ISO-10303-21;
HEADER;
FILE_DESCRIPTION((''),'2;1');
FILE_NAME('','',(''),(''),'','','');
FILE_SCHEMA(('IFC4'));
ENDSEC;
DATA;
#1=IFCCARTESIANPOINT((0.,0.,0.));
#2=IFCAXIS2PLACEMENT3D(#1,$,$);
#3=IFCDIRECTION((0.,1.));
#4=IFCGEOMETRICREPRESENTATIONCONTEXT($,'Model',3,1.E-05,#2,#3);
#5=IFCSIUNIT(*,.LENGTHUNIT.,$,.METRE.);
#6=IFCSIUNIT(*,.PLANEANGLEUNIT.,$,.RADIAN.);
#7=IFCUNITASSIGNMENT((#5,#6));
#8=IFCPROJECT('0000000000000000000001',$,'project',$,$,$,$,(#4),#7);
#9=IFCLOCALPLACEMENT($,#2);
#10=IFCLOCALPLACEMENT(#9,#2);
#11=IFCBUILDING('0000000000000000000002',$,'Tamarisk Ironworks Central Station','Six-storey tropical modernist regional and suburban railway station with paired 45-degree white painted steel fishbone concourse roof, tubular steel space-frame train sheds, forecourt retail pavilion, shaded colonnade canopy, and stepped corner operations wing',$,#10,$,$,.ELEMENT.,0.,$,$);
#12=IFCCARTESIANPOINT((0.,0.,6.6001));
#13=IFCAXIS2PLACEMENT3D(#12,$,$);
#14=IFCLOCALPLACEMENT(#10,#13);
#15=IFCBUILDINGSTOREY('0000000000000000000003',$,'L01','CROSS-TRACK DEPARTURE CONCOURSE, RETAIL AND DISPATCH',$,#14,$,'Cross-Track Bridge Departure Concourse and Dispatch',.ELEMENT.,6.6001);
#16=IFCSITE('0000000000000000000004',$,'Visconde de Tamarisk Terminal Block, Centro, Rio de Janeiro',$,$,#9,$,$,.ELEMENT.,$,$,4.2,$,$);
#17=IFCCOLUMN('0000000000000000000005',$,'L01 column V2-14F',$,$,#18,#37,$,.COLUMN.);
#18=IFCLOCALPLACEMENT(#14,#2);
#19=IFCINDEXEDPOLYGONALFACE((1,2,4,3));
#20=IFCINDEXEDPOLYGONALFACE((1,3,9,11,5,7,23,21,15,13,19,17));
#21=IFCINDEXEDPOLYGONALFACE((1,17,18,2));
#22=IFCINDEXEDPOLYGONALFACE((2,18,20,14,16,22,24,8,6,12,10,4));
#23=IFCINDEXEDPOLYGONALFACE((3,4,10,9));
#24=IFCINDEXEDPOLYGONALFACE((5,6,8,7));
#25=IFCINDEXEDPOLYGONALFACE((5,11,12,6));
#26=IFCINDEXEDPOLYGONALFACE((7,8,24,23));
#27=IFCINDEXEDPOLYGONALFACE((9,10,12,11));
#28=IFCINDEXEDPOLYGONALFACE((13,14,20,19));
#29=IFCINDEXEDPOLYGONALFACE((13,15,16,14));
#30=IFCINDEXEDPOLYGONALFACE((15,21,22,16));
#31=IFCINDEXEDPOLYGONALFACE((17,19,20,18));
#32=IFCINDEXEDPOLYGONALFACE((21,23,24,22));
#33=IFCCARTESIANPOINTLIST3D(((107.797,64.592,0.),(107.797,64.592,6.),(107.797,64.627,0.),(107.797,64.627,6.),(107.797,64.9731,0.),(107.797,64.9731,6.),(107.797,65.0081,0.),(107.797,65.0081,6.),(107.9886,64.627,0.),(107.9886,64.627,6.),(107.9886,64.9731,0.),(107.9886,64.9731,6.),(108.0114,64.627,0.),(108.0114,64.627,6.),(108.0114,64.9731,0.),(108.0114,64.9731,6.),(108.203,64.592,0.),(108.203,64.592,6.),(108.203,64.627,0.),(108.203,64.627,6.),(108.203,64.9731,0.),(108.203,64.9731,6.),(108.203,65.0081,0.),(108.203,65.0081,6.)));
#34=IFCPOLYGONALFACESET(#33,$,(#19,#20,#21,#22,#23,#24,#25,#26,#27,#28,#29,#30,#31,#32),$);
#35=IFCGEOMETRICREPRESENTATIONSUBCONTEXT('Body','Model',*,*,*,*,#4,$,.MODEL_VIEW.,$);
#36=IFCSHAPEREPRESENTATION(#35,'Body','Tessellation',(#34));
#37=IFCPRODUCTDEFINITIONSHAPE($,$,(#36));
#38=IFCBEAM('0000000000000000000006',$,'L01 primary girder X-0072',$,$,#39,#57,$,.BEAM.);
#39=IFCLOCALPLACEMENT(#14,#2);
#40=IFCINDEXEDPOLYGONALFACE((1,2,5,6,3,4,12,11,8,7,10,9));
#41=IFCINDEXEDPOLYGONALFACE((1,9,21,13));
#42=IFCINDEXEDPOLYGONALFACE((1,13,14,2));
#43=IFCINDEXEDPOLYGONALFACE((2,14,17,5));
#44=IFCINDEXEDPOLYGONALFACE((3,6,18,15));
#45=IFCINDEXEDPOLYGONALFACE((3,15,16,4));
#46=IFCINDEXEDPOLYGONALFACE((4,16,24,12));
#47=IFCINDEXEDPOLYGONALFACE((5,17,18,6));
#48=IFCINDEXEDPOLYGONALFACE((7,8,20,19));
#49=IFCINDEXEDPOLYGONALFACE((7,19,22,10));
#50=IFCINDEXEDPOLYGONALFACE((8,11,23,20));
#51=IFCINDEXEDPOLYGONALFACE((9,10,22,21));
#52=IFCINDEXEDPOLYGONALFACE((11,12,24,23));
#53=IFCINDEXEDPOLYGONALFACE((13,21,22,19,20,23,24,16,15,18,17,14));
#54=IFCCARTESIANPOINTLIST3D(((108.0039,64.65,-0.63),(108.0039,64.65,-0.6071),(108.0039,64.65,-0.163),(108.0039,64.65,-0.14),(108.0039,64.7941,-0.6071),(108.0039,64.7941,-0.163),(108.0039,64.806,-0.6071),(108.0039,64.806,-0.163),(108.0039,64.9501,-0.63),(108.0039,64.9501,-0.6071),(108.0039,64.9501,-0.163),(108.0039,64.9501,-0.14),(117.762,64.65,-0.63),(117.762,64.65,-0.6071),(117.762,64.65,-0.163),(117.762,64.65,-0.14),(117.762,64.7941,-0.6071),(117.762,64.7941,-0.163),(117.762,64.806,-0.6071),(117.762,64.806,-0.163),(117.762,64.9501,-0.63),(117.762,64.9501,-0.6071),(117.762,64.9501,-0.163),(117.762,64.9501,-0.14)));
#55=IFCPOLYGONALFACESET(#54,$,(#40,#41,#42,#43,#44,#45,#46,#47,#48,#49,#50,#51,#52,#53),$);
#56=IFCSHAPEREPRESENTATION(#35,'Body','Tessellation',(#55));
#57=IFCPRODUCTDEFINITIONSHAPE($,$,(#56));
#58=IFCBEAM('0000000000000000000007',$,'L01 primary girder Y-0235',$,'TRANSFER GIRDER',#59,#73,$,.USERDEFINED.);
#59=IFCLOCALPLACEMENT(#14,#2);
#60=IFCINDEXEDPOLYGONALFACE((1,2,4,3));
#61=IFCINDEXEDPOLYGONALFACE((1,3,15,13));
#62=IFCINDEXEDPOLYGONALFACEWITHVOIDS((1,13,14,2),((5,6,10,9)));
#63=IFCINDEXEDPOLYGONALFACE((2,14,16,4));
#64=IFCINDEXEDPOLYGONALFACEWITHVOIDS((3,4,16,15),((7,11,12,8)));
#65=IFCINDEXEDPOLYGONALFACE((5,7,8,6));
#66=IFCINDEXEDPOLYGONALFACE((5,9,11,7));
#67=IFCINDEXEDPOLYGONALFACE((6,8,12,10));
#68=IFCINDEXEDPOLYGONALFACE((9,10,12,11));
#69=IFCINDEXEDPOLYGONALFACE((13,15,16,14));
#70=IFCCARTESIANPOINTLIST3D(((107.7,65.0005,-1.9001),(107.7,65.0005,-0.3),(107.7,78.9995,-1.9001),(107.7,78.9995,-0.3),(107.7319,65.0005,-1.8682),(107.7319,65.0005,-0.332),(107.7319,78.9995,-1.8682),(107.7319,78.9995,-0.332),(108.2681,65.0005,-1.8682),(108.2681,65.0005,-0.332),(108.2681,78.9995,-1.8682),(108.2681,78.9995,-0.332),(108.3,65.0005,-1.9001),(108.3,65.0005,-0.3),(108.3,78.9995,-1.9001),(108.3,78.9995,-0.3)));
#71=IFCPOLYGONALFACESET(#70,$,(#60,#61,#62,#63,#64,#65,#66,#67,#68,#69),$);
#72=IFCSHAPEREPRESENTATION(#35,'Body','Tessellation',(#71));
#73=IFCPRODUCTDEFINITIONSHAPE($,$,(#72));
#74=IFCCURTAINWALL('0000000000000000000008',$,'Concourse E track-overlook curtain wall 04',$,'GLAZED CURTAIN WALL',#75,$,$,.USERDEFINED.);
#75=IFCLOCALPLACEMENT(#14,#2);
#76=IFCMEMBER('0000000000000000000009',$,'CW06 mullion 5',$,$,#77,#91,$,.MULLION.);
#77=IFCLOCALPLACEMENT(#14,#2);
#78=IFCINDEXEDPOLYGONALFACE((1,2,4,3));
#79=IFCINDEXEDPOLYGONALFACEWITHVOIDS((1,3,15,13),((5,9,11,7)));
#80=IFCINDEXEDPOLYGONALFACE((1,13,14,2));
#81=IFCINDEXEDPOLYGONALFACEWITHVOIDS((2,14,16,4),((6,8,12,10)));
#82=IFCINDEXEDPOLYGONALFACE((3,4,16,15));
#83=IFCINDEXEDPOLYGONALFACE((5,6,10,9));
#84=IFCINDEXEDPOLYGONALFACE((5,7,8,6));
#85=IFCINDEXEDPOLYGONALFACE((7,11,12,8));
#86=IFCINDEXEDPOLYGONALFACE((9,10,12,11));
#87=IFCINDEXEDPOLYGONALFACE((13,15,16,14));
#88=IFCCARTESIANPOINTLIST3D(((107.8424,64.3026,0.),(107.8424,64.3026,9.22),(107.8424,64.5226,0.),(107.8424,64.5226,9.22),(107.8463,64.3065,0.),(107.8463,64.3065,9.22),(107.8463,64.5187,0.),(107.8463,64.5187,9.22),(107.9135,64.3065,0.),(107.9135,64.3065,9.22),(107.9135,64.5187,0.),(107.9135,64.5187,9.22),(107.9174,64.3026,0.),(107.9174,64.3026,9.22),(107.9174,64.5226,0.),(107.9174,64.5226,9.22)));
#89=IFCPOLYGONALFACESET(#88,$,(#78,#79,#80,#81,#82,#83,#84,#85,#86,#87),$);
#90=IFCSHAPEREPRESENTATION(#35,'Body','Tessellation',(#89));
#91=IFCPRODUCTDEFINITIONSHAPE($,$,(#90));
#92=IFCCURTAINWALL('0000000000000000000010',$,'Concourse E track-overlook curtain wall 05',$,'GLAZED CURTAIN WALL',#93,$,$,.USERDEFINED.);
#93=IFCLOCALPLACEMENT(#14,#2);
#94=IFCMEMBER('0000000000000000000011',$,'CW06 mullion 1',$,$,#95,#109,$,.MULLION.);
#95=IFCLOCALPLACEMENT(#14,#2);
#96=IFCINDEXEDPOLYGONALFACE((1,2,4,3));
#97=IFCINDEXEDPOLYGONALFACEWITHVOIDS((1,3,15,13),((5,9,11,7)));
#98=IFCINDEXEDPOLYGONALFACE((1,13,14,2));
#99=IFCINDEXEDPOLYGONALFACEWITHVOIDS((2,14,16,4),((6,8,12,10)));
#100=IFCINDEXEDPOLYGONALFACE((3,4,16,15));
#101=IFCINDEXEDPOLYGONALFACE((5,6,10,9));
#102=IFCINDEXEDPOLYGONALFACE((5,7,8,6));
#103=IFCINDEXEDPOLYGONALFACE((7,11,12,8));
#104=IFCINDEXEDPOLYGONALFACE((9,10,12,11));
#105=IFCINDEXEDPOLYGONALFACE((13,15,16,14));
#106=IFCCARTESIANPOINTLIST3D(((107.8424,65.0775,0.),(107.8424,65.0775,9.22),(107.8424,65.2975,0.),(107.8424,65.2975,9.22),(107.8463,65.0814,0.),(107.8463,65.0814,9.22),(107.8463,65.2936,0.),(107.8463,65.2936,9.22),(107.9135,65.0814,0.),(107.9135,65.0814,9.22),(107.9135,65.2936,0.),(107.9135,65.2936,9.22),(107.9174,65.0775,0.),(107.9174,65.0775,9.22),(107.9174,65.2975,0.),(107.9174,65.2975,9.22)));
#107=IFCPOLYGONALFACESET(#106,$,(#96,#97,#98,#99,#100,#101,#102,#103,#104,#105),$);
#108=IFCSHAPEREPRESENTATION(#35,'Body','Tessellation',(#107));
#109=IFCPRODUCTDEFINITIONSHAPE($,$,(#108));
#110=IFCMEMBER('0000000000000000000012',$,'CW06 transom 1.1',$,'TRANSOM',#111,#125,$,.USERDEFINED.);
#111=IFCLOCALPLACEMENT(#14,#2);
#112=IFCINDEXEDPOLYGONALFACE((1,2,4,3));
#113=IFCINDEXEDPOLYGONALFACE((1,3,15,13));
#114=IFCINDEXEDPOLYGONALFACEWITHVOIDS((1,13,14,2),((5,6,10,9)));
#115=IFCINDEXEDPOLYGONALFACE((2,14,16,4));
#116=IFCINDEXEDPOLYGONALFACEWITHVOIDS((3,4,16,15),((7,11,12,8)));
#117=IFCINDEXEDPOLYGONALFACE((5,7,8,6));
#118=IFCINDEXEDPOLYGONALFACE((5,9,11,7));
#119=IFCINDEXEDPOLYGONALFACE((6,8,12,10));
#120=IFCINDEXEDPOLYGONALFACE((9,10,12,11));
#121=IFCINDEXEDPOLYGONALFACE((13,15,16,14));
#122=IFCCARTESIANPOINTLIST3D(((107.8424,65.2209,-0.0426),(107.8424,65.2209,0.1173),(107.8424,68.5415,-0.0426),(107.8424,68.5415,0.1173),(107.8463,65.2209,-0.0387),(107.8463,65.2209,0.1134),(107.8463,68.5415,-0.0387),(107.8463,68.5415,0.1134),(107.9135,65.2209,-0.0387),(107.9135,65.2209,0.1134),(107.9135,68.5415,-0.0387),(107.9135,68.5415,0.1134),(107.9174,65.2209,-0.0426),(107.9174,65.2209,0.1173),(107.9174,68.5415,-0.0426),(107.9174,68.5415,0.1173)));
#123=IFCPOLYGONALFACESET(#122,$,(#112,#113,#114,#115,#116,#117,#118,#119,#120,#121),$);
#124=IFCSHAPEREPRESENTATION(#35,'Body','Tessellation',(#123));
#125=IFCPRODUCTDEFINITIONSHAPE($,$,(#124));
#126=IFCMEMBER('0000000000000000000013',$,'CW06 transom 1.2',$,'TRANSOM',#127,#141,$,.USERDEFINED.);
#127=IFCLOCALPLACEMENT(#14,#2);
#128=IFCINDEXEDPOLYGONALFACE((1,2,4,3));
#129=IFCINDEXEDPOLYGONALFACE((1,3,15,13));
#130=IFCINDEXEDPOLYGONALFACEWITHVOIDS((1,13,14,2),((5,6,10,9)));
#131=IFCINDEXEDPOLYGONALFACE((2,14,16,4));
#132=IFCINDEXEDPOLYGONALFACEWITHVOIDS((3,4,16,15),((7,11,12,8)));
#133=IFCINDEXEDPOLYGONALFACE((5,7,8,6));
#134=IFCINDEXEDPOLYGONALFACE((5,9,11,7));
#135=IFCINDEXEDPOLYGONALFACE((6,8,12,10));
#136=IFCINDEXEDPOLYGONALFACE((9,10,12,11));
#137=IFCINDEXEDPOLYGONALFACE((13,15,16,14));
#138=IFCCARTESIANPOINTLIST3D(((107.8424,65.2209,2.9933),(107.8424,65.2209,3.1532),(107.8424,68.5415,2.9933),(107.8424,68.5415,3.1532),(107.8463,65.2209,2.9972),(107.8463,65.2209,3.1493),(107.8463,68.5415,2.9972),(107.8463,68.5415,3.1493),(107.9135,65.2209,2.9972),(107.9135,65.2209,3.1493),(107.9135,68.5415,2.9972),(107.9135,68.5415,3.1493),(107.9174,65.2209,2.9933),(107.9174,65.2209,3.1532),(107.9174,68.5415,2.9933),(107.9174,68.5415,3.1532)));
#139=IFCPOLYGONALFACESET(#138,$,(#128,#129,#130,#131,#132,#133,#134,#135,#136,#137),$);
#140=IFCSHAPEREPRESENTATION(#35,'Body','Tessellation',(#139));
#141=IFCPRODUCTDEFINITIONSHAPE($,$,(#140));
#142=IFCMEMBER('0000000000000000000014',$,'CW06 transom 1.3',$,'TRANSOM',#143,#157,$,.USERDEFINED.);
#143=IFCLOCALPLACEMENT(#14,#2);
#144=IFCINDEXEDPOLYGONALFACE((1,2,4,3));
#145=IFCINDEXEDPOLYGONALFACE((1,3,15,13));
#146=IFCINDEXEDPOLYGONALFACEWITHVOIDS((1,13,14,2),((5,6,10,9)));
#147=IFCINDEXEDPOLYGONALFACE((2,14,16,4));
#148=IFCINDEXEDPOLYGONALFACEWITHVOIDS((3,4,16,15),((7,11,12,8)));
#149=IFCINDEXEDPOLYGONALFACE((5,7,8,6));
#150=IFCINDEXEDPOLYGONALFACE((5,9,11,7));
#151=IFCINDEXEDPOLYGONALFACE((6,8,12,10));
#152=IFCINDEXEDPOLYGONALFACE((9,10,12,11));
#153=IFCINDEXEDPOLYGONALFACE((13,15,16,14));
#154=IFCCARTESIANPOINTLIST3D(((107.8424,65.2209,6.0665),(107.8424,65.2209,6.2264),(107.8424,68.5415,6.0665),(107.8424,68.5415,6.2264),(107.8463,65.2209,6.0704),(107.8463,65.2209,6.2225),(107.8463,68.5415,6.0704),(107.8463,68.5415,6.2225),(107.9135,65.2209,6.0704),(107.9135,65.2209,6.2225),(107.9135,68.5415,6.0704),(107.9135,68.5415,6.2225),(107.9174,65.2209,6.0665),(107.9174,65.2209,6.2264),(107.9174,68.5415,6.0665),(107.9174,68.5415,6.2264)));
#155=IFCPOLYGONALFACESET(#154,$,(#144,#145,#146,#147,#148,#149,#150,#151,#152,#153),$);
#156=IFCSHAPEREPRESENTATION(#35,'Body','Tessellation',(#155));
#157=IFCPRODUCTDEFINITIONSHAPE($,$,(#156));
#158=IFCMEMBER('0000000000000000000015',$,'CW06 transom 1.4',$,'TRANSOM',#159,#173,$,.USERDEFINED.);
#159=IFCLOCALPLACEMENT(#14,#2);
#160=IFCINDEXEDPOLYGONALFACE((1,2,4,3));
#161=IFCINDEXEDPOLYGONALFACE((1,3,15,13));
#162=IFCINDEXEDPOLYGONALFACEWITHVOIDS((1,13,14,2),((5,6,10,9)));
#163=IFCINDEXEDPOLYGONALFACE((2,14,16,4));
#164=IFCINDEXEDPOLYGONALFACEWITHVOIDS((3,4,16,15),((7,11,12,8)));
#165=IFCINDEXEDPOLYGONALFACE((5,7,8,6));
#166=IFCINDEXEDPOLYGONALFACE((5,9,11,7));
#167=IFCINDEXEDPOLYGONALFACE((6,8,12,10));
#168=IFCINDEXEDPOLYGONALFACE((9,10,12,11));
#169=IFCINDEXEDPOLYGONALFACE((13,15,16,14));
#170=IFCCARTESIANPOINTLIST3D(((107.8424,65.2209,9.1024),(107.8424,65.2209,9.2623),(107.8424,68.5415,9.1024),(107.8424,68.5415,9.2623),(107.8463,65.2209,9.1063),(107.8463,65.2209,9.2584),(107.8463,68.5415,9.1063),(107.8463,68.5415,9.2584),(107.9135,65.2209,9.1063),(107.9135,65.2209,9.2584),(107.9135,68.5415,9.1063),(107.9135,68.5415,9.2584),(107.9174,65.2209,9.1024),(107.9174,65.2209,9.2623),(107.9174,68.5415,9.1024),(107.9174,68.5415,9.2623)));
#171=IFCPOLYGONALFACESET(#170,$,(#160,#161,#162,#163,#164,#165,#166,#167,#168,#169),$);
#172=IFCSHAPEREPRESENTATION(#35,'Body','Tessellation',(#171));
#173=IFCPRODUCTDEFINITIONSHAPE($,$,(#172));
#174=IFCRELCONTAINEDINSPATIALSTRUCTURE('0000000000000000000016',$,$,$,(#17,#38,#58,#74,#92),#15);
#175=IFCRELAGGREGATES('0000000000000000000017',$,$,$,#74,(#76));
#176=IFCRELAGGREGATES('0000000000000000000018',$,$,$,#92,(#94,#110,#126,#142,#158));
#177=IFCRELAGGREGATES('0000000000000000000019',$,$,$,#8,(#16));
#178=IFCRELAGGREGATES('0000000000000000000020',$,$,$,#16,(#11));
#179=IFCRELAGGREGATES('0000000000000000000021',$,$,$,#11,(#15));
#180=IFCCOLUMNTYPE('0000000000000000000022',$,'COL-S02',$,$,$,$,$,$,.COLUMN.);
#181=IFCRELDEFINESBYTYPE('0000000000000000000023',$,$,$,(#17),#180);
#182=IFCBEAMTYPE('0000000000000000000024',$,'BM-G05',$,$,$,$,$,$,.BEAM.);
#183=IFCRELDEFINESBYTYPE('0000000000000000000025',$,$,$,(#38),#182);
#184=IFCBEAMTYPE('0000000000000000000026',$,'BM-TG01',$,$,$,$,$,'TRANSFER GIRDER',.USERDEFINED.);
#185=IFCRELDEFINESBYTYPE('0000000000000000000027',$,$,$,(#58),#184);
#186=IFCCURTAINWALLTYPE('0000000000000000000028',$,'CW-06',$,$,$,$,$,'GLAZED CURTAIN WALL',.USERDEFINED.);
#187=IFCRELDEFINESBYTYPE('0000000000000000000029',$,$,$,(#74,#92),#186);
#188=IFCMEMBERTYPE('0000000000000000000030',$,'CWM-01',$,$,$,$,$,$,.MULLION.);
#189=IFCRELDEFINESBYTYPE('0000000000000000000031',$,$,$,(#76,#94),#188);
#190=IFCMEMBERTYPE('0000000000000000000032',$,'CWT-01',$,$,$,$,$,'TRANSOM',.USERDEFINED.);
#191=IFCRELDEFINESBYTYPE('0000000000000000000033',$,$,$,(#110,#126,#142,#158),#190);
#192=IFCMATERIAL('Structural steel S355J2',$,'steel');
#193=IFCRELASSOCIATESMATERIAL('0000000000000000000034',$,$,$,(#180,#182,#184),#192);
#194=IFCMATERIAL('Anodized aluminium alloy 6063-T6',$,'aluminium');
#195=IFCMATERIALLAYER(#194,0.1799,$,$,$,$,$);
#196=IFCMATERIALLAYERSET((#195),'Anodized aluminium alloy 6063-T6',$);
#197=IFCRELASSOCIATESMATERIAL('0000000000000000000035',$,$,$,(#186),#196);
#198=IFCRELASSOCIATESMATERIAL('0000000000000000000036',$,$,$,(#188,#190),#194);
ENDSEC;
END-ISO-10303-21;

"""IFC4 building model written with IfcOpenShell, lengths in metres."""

from ifc_helpers import new_model, si_unit, direction, frame, origin, origin_2d, place, context, subcontext, project, spatial, hollow_rectangle, i_section, extrude, material, layer, layer_set, material_profile, profile_set, type_object, element, aggregate, save


model = new_model("IFC4")

# Units and contexts
model_context = context("Model", 3, precision=1e-05, world=origin(), true_north=direction((0.0, 1.0)))
body_context = subcontext(model_context, "Body", "Model", "MODEL_VIEW")
ifc_project = project(units=[si_unit("LENGTHUNIT", "METRE"), si_unit("PLANEANGLEUNIT", "RADIAN")], contexts=[model_context])

# Site, building, storey
site_placement = place(None, origin())
site = spatial("IfcSite", under=ifc_project, at=site_placement, Name="Visconde de Tamarisk Terminal Block, Centro, Rio de Janeiro", CompositionType="ELEMENT", RefElevation=4.2)
building_placement = place(site_placement, origin())
building = spatial("IfcBuilding", under=site, at=building_placement, Name="Tamarisk Ironworks Central Station", Description="Six-storey tropical modernist regional and suburban railway station with paired 45-degree white painted steel fishbone concourse roof, tubular steel space-frame train sheds, forecourt retail pavilion, shaded colonnade canopy, and stepped corner operations wing", CompositionType="ELEMENT", ElevationOfRefHeight=0.0)
storey_placement = place(building_placement, frame((0.0, 0.0, 6.6001)))
storey = spatial("IfcBuildingStorey", under=building, at=storey_placement, Name="L01", Description="CROSS-TRACK DEPARTURE CONCOURSE, RETAIL AND DISPATCH", LongName="Cross-Track Bridge Departure Concourse and Dispatch", CompositionType="ELEMENT", Elevation=6.6001)

# Column
ifc_material_1 = material(Name="Structural steel S355J2", Category="steel")
ifc_material_profile_1 = material_profile(ifc_material_1, i_section(OverallWidth=0.406, OverallDepth=0.416, WebThickness=0.0227, FlangeThickness=0.0349, at=origin_2d()), Name="HD 400x382")
ifc_profile_set_1 = profile_set([ifc_material_profile_1], Name="Structural steel S355J2")
column_type = type_object("IfcColumnType", Name="COL-S02", PredefinedType="COLUMN", material=ifc_profile_set_1)
column_placement = place(storey_placement, frame((108.0, 64.8, 0.0), z_axis=(0.0, 0.0, 1.0), x_axis=(1.0, 0.0, 0.0)))
element("IfcColumn", 1, at=column_placement, inside=storey, type_object=column_type, Name="L01 column V2-14F", PredefinedType="COLUMN", context=body_context, shape_type="SweptSolid", body=[
    extrude(i_section(OverallWidth=0.406, OverallDepth=0.416, WebThickness=0.0227, FlangeThickness=0.0349, at=origin_2d()), origin(), (0.0, 0.0, 1.0), 6.0),
])

# Beams
ifc_material_profile_2 = material_profile(ifc_material_1, i_section(OverallWidth=0.3, OverallDepth=0.49, WebThickness=0.012, FlangeThickness=0.0229, at=origin_2d()), Name="HEA 500")
ifc_profile_set_2 = profile_set([ifc_material_profile_2], Name="Structural steel S355J2")
beam_type_1 = type_object("IfcBeamType", Name="BM-G05", PredefinedType="BEAM", material=ifc_profile_set_2)
beam_1_placement = place(storey_placement, frame((108.0039, 64.8, -0.385), z_axis=(1.0, 0.0, 0.0), x_axis=(0.0, 1.0, 0.0)))
element("IfcBeam", 2, at=beam_1_placement, inside=storey, type_object=beam_type_1, Name="L01 primary girder X-0072", PredefinedType="BEAM", context=body_context, shape_type="SweptSolid", body=[
    extrude(i_section(OverallWidth=0.3, OverallDepth=0.49, WebThickness=0.012, FlangeThickness=0.0229, at=origin_2d()), origin(), (0.0, 0.0, 1.0), 9.7581),
])
ifc_material_profile_3 = material_profile(ifc_material_1, hollow_rectangle(XDim=0.6001, YDim=1.6001, WallThickness=0.032, at=origin_2d()), Name="BOX 600x1600x32")
ifc_profile_set_3 = profile_set([ifc_material_profile_3], Name="Structural steel S355J2")
beam_type_2 = type_object("IfcBeamType", Name="BM-TG01", ElementType="TRANSFER GIRDER", PredefinedType="USERDEFINED", material=ifc_profile_set_3)
beam_2_placement = place(storey_placement, frame((108.0, 65.0005, -1.1001), z_axis=(0.0, 1.0, 0.0), x_axis=(-1.0, 0.0, 0.0)))
element("IfcBeam", 3, at=beam_2_placement, inside=storey, type_object=beam_type_2, Name="L01 primary girder Y-0235", ObjectType="TRANSFER GIRDER", PredefinedType="USERDEFINED", context=body_context, shape_type="SweptSolid", body=[
    extrude(hollow_rectangle(XDim=0.6001, YDim=1.6001, WallThickness=0.032, at=origin_2d()), origin(), (0.0, 0.0, 1.0), 13.999),
])

# Curtain wall, member
ifc_material_2 = material(Name="Anodized aluminium alloy 6063-T6", Category="aluminium")
ifc_layer_1 = layer(ifc_material_2, 0.1799)
ifc_layer_set_1 = layer_set([ifc_layer_1], Name="Anodized aluminium alloy 6063-T6")
curtain_wall_type = type_object("IfcCurtainWallType", Name="CW-06", ElementType="GLAZED CURTAIN WALL", PredefinedType="USERDEFINED", material=ifc_layer_set_1)
curtain_wall_1_placement = place(storey_placement, origin())
curtain_wall_1 = element("IfcCurtainWall", 4, at=curtain_wall_1_placement, inside=storey, type_object=curtain_wall_type, Name="Concourse E track-overlook curtain wall 04", ObjectType="GLAZED CURTAIN WALL", PredefinedType="USERDEFINED")
ifc_material_profile_4 = material_profile(ifc_material_2, hollow_rectangle(XDim=0.075, YDim=0.22, WallThickness=0.0039, at=origin_2d()), Name="ALUM 220x75")
ifc_profile_set_4 = profile_set([ifc_material_profile_4], Name="Anodized aluminium alloy 6063-T6")
member_type_1 = type_object("IfcMemberType", Name="CWM-01", PredefinedType="MULLION", material=ifc_profile_set_4)
member_1_placement = place(storey_placement, frame((107.8799, 64.4126, 0.0), z_axis=(0.0, 0.0, 1.0), x_axis=(-1.0, 0.0, 0.0)))
member_1 = element("IfcMember", 5, at=member_1_placement, type_object=member_type_1, Name="CW06 mullion 5", PredefinedType="MULLION", context=body_context, shape_type="SweptSolid", body=[
    extrude(hollow_rectangle(XDim=0.075, YDim=0.22, WallThickness=0.0039, at=origin_2d()), origin(), (0.0, 0.0, 1.0), 9.22),
])

# Curtain wall, members
curtain_wall_2_placement = place(storey_placement, origin())
curtain_wall_2 = element("IfcCurtainWall", 6, at=curtain_wall_2_placement, inside=storey, type_object=curtain_wall_type, Name="Concourse E track-overlook curtain wall 05", ObjectType="GLAZED CURTAIN WALL", PredefinedType="USERDEFINED")
member_2_placement = place(storey_placement, frame((107.8799, 65.1875, 0.0), z_axis=(0.0, 0.0, 1.0), x_axis=(-1.0, 0.0, 0.0)))
member_2 = element("IfcMember", 7, at=member_2_placement, type_object=member_type_1, Name="CW06 mullion 1", PredefinedType="MULLION", context=body_context, shape_type="SweptSolid", body=[
    extrude(hollow_rectangle(XDim=0.075, YDim=0.22, WallThickness=0.0039, at=origin_2d()), origin(), (0.0, 0.0, 1.0), 9.22),
])
ifc_material_profile_5 = material_profile(ifc_material_2, hollow_rectangle(XDim=0.075, YDim=0.1599, WallThickness=0.0039, at=origin_2d()), Name="ALUM 160x75")
ifc_profile_set_5 = profile_set([ifc_material_profile_5], Name="Anodized aluminium alloy 6063-T6")
member_type_2 = type_object("IfcMemberType", Name="CWT-01", ElementType="TRANSOM", PredefinedType="USERDEFINED", material=ifc_profile_set_5)
member_3_placement = place(storey_placement, frame((107.8799, 65.2209, 0.0374), z_axis=(0.0, 1.0, 0.0), x_axis=(-1.0, 0.0, 0.0)))
member_3 = element("IfcMember", 8, at=member_3_placement, type_object=member_type_2, Name="CW06 transom 1.1", ObjectType="TRANSOM", PredefinedType="USERDEFINED", context=body_context, shape_type="SweptSolid", body=[
    extrude(hollow_rectangle(XDim=0.075, YDim=0.1599, WallThickness=0.0039, at=origin_2d()), origin(), (0.0, 0.0, 1.0), 3.3206),
])
member_4_placement = place(storey_placement, frame((107.8799, 65.2209, 3.0732), z_axis=(0.0, 1.0, 0.0), x_axis=(-1.0, 0.0, 0.0)))
member_4 = element("IfcMember", 9, at=member_4_placement, type_object=member_type_2, Name="CW06 transom 1.2", ObjectType="TRANSOM", PredefinedType="USERDEFINED", context=body_context, shape_type="SweptSolid", body=[
    extrude(hollow_rectangle(XDim=0.075, YDim=0.1599, WallThickness=0.0039, at=origin_2d()), origin(), (0.0, 0.0, 1.0), 3.3206),
])
member_5_placement = place(storey_placement, frame((107.8799, 65.2209, 6.1465), z_axis=(0.0, 1.0, 0.0), x_axis=(-1.0, 0.0, 0.0)))
member_5 = element("IfcMember", 10, at=member_5_placement, type_object=member_type_2, Name="CW06 transom 1.3", ObjectType="TRANSOM", PredefinedType="USERDEFINED", context=body_context, shape_type="SweptSolid", body=[
    extrude(hollow_rectangle(XDim=0.075, YDim=0.1599, WallThickness=0.0039, at=origin_2d()), origin(), (0.0, 0.0, 1.0), 3.3206),
])
member_6_placement = place(storey_placement, frame((107.8799, 65.2209, 9.1824), z_axis=(0.0, 1.0, 0.0), x_axis=(-1.0, 0.0, 0.0)))
member_6 = element("IfcMember", 11, at=member_6_placement, type_object=member_type_2, Name="CW06 transom 1.4", ObjectType="TRANSOM", PredefinedType="USERDEFINED", context=body_context, shape_type="SweptSolid", body=[
    extrude(hollow_rectangle(XDim=0.075, YDim=0.1599, WallThickness=0.0039, at=origin_2d()), origin(), (0.0, 0.0, 1.0), 3.3206),
])

aggregate(curtain_wall_1, [member_1])
aggregate(curtain_wall_2, [member_2, member_3, member_4, member_5, member_6])

save(model, "model.ifc")
